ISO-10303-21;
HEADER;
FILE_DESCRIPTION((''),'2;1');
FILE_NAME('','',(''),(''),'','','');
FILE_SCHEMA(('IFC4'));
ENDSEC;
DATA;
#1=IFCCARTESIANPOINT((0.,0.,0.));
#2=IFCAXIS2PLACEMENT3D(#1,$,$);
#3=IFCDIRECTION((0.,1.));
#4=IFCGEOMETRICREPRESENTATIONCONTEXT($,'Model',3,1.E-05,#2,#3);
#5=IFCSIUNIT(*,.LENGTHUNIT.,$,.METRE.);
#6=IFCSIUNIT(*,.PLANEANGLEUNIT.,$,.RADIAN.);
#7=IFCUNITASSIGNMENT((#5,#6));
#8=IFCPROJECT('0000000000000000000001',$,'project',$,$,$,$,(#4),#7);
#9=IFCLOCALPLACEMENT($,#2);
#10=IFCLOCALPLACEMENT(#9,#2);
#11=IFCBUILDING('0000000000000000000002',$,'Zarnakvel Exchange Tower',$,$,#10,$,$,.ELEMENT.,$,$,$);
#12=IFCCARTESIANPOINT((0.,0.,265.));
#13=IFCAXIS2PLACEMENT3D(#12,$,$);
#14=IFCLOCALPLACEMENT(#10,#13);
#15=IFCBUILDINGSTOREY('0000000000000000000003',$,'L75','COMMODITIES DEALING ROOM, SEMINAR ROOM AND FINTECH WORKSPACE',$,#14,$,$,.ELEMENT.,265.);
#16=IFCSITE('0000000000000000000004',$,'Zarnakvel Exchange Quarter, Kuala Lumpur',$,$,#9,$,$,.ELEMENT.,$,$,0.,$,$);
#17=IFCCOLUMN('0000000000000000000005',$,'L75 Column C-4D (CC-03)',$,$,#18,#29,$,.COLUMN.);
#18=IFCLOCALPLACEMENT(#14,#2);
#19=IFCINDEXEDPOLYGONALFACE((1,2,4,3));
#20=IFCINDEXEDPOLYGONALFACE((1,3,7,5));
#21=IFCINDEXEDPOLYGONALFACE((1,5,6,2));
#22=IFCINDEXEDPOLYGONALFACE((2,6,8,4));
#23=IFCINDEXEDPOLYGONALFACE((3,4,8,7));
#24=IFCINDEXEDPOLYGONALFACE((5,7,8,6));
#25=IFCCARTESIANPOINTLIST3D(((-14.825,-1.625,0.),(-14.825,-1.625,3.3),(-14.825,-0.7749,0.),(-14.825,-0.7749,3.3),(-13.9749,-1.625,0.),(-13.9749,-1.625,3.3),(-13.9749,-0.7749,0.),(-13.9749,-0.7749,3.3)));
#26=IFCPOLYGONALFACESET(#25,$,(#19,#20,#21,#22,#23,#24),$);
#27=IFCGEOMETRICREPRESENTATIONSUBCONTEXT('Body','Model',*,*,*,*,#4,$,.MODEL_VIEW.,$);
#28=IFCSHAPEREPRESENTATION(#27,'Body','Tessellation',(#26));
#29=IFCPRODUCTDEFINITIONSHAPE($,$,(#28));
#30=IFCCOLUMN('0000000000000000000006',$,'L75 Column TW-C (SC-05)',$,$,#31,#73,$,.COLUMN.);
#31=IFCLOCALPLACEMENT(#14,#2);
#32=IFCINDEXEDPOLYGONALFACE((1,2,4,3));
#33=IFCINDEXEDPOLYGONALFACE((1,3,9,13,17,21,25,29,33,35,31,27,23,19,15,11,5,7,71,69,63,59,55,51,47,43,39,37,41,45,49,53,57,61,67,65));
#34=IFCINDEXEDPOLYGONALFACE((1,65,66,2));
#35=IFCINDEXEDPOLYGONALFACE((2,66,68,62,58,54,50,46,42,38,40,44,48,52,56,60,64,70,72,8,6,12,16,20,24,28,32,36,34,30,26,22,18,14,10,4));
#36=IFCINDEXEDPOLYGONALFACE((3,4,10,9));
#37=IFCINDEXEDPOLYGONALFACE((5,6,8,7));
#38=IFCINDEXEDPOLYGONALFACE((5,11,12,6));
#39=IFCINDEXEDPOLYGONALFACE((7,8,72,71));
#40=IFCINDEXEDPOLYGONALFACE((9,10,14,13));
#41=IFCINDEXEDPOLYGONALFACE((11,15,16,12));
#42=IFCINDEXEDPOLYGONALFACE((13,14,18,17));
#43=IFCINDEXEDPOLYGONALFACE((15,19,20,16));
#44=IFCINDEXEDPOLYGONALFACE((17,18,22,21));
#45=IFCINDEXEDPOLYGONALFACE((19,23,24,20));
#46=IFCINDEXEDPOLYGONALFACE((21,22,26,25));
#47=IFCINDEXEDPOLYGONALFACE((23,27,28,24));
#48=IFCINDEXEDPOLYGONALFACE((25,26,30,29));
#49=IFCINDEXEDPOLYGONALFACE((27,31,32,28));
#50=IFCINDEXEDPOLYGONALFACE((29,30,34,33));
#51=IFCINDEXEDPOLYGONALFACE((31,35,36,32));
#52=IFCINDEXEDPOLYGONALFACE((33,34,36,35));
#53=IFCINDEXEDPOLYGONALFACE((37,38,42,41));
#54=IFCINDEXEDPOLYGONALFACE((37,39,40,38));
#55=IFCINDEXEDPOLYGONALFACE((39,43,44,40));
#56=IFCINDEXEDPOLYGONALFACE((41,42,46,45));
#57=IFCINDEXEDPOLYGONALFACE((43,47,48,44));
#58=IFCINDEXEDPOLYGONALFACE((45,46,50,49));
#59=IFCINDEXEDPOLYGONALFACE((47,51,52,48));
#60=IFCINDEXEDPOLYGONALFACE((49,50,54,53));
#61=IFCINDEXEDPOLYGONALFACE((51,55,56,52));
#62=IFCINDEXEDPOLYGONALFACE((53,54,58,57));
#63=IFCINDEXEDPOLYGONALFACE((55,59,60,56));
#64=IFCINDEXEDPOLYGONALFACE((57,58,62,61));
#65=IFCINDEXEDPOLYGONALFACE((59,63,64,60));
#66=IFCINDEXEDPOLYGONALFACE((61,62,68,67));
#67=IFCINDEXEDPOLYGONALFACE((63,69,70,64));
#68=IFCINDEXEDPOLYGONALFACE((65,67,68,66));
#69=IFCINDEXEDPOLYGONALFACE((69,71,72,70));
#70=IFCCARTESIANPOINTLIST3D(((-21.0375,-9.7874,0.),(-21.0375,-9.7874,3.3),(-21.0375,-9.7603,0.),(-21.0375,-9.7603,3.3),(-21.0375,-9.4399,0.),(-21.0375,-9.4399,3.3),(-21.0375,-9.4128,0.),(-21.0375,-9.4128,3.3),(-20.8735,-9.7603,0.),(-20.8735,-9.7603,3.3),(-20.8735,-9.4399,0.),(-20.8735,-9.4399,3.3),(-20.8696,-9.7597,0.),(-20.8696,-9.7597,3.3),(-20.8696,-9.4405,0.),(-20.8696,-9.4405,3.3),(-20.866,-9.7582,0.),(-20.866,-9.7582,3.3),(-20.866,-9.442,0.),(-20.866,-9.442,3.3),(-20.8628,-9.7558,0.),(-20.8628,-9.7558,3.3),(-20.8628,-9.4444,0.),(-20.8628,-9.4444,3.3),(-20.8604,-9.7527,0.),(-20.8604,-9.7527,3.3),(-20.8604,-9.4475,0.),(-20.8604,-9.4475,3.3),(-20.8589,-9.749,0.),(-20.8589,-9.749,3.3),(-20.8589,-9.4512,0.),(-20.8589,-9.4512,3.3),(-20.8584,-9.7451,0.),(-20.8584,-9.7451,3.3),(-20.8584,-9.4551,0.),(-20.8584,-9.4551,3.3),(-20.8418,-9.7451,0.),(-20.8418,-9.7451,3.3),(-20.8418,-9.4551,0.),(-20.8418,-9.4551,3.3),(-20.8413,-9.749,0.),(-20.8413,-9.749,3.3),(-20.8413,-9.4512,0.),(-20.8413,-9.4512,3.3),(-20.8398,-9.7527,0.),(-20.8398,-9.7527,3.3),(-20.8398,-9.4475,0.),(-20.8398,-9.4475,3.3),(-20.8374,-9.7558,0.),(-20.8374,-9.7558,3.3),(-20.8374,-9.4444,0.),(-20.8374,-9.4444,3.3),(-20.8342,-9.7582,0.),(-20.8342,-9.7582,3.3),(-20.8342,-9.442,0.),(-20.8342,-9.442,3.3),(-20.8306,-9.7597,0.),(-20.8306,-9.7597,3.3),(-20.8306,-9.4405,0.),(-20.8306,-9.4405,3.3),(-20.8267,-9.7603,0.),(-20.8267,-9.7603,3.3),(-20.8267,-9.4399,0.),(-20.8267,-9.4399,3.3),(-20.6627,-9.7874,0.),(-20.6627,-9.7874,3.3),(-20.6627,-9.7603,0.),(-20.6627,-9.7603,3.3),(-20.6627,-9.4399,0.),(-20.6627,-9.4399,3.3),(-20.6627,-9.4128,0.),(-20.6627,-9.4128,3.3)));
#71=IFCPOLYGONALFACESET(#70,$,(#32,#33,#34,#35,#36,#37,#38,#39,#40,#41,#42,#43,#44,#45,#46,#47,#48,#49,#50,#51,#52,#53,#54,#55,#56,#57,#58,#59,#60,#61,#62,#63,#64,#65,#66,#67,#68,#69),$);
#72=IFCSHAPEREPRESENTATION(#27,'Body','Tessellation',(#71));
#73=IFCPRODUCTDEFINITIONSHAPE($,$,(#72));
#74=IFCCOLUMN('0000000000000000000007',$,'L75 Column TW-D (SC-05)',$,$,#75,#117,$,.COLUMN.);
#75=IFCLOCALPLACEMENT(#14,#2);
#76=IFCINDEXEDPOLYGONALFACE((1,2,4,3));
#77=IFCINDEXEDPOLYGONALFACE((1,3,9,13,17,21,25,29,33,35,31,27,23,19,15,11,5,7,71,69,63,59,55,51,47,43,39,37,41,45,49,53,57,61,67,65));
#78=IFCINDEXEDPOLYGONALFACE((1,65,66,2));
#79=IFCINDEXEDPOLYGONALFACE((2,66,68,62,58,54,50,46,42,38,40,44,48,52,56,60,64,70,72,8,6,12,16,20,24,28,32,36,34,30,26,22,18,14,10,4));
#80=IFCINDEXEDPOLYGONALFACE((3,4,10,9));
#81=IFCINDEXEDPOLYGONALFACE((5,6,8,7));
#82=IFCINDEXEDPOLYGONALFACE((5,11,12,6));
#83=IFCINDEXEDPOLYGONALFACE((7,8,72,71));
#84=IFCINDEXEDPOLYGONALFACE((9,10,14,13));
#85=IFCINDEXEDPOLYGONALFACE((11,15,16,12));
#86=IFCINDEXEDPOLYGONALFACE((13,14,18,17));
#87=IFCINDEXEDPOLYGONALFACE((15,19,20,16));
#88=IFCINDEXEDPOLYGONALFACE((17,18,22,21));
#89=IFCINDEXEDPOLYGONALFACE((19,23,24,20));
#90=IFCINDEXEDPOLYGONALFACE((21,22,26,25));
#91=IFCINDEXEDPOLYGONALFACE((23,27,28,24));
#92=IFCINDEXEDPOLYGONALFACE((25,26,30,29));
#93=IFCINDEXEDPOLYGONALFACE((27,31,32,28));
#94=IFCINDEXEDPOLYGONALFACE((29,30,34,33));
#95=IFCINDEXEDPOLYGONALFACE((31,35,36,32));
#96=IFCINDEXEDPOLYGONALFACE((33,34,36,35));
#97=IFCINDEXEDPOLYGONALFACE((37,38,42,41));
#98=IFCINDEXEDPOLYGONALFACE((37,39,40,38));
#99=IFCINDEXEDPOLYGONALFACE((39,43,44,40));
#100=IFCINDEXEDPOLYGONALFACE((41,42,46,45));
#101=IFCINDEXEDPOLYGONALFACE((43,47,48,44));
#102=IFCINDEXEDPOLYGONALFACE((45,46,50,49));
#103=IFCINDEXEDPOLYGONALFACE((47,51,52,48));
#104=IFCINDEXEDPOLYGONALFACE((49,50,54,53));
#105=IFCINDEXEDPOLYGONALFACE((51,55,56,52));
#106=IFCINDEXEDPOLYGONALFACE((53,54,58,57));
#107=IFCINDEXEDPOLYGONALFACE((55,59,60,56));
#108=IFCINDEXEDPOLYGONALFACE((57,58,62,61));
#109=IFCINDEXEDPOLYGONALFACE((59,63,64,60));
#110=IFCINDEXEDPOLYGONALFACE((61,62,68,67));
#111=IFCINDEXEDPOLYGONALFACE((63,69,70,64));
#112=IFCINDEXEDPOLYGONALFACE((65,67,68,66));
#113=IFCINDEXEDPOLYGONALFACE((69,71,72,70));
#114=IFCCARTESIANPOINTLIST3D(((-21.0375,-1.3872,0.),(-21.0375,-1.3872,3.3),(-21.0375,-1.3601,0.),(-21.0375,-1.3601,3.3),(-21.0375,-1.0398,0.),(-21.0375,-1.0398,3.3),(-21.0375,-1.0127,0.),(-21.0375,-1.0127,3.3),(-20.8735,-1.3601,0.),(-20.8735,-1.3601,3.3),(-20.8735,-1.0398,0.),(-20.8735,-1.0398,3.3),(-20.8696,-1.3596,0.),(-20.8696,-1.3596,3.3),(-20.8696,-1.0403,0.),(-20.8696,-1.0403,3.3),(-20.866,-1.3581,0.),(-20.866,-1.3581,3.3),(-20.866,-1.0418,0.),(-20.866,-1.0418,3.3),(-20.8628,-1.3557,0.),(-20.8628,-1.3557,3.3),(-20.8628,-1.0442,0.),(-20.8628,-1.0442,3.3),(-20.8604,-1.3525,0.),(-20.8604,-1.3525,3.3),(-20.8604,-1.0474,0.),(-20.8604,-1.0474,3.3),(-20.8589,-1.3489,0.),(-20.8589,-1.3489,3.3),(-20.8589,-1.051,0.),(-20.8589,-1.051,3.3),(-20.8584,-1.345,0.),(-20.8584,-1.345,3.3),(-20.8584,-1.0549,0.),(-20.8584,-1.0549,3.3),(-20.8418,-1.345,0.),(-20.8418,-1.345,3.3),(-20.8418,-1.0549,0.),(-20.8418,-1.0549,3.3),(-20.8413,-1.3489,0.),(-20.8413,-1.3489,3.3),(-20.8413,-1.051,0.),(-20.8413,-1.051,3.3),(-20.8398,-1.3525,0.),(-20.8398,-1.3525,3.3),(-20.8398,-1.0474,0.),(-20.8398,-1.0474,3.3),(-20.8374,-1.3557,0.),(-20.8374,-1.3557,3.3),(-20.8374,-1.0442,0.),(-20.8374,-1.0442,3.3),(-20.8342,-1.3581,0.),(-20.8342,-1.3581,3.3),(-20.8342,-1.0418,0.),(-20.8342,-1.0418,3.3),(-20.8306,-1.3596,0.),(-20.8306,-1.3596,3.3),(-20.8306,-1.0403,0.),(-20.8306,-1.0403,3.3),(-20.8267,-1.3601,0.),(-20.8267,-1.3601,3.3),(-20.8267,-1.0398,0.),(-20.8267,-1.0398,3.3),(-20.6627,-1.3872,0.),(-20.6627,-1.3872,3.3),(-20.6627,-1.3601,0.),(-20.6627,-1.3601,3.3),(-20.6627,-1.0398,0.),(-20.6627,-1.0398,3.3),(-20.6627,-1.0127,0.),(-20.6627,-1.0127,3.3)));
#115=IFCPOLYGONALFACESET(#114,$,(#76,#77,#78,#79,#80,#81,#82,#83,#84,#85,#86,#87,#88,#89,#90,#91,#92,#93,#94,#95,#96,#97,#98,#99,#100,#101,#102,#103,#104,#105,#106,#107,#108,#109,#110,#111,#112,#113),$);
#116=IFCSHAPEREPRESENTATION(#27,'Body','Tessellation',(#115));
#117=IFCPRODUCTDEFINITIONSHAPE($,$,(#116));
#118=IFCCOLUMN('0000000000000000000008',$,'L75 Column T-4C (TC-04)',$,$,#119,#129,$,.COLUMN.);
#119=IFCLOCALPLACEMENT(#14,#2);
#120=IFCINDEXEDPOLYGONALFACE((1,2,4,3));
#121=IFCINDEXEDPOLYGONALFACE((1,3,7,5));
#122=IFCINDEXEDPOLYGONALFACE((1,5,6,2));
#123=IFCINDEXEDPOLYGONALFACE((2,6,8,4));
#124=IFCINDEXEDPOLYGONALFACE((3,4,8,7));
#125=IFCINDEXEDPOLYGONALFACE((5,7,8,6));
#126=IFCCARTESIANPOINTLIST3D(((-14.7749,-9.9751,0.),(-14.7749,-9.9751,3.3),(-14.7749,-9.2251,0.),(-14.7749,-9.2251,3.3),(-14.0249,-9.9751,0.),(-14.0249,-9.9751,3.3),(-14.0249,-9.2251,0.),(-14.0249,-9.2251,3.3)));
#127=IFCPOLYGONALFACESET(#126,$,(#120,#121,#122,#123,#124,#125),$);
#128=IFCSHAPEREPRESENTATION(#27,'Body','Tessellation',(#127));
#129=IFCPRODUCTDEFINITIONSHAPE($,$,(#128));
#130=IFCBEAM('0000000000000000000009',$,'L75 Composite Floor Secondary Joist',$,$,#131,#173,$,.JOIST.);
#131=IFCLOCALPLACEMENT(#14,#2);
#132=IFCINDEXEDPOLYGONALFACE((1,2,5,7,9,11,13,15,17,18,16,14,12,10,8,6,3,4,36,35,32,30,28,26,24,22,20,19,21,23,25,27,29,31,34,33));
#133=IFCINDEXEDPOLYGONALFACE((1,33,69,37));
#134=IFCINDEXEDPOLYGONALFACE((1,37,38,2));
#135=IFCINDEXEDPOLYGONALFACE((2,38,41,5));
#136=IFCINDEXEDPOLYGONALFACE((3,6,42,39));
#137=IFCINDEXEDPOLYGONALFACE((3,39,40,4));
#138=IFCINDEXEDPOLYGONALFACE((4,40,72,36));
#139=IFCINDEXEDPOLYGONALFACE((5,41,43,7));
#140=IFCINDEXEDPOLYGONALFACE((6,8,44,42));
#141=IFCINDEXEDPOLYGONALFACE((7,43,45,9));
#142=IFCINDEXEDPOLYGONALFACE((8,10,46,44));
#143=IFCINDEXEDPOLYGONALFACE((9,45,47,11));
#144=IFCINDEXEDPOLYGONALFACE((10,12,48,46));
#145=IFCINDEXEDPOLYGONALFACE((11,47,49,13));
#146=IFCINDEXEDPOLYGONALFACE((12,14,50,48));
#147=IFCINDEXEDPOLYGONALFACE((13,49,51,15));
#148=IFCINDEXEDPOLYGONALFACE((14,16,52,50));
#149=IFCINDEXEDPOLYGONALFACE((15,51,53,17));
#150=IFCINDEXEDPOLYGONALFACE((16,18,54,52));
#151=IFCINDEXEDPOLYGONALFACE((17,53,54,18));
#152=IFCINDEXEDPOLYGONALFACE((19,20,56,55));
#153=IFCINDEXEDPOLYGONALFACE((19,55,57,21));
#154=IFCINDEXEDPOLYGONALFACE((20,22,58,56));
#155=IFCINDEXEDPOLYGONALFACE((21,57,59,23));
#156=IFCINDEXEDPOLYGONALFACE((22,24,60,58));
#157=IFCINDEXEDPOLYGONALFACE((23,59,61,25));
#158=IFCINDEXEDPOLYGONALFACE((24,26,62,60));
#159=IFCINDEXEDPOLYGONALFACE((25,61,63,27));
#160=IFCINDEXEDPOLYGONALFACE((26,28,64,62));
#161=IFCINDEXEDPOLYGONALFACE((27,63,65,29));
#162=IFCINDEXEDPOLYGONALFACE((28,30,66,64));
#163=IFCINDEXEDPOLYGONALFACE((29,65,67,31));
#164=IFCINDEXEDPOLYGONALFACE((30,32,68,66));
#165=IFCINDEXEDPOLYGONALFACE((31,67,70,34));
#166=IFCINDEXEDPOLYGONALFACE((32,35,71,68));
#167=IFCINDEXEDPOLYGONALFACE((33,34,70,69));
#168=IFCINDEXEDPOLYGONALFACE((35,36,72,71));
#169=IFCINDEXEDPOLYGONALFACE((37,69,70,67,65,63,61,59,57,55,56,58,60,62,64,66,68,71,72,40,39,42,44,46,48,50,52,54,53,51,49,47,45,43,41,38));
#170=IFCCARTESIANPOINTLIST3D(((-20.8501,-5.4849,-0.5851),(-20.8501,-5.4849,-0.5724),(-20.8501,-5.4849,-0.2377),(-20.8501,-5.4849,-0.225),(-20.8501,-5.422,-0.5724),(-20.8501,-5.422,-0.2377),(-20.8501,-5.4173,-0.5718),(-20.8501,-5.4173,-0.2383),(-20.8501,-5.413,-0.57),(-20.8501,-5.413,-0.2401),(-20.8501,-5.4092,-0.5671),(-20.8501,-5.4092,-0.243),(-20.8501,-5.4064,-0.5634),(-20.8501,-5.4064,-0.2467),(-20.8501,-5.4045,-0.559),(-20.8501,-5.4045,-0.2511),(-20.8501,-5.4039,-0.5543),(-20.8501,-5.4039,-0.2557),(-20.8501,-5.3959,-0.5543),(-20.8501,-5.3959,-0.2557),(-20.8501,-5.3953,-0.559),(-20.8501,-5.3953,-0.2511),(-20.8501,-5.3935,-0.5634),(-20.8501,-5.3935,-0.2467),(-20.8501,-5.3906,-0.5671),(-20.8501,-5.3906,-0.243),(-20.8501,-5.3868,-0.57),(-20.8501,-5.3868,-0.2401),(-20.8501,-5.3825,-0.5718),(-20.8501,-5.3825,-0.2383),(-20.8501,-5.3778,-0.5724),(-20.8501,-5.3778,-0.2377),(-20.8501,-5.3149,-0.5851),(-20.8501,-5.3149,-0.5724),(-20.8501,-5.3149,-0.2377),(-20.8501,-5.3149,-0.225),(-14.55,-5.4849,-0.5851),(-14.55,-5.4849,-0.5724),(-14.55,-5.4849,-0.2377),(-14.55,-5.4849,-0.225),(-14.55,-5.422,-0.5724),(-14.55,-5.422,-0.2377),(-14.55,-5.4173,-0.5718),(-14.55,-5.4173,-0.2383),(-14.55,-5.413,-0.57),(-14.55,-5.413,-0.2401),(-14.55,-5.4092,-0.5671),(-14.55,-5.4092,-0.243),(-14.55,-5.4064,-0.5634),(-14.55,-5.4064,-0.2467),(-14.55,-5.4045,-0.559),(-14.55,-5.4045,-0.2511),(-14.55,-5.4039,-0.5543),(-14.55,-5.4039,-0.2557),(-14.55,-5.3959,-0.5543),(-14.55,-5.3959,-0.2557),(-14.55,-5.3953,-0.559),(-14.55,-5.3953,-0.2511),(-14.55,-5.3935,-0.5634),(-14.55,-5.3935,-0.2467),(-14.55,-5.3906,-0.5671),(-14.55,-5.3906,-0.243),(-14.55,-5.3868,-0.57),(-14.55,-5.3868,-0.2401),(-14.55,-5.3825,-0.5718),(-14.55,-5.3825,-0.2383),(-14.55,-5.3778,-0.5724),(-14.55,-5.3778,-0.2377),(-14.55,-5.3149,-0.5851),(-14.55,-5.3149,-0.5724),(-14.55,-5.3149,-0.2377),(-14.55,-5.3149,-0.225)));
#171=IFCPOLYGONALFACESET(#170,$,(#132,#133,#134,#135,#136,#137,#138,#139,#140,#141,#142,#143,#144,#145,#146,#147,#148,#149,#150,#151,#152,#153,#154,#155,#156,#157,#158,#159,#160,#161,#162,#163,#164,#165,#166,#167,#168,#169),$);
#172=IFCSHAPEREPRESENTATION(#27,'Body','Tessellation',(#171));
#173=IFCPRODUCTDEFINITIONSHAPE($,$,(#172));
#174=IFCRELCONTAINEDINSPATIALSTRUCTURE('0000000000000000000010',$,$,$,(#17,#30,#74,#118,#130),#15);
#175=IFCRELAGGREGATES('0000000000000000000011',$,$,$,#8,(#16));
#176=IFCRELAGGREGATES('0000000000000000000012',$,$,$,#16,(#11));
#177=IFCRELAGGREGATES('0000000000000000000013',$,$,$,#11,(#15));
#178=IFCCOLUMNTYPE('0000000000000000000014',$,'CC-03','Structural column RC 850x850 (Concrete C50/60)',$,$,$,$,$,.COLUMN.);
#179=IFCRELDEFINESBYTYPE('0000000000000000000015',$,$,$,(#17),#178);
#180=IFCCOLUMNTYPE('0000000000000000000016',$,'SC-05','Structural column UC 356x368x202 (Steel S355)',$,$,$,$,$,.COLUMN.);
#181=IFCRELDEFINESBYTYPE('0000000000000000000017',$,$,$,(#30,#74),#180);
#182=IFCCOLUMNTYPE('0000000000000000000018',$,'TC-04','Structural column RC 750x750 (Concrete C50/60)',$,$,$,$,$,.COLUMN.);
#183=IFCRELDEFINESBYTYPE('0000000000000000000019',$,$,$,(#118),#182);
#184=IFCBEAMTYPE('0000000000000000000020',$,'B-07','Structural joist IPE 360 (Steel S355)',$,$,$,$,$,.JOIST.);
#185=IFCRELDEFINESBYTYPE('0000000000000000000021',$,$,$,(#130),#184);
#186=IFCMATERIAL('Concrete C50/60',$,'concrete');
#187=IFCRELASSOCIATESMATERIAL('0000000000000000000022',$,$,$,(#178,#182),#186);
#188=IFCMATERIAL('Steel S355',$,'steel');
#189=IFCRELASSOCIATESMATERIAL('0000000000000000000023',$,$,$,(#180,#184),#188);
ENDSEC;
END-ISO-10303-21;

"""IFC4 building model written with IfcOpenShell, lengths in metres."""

from ifc_helpers import new_model, si_unit, direction, frame, origin, origin_2d, place, context, subcontext, project, spatial, rectangle, i_section, extrude, material, material_profile, profile_set, type_object, element, save


model = new_model("IFC4")

# Units and contexts
model_context = context("Model", 3, precision=1e-05, world=origin(), true_north=direction((0.0, 1.0)))
body_context = subcontext(model_context, "Body", "Model", "MODEL_VIEW")
ifc_project = project(units=[si_unit("LENGTHUNIT", "METRE"), si_unit("PLANEANGLEUNIT", "RADIAN")], contexts=[model_context])

# Site, building, storey
site_placement = place(None, origin())
site = spatial("IfcSite", under=ifc_project, at=site_placement, Name="Zarnakvel Exchange Quarter, Kuala Lumpur", CompositionType="ELEMENT", RefElevation=0.0)
building_placement = place(site_placement, origin())
building = spatial("IfcBuilding", under=site, at=building_placement, Name="Zarnakvel Exchange Tower", CompositionType="ELEMENT")
storey_placement = place(building_placement, frame((0.0, 0.0, 265.0)))
storey = spatial("IfcBuildingStorey", under=building, at=storey_placement, Name="L75", Description="COMMODITIES DEALING ROOM, SEMINAR ROOM AND FINTECH WORKSPACE", CompositionType="ELEMENT", Elevation=265.0)

# Columns
ifc_material_1 = material(Name="Concrete C50/60", Category="concrete")
ifc_material_profile_1 = material_profile(ifc_material_1, rectangle(XDim=0.8501, YDim=0.8501, at=origin_2d()))
ifc_profile_set_1 = profile_set([ifc_material_profile_1], Name="Concrete C50/60")
column_type_1 = type_object("IfcColumnType", Name="CC-03", Description="Structural column RC 850x850 (Concrete C50/60)", PredefinedType="COLUMN", material=ifc_profile_set_1)
column_1_placement = place(storey_placement, frame((-14.3999, -1.2, 0.0), z_axis=(0.0, 0.0, 1.0), x_axis=(1.0, 0.0, 0.0)))
element("IfcColumn", 1, at=column_1_placement, inside=storey, type_object=column_type_1, Name="L75 Column C-4D (CC-03)", PredefinedType="COLUMN", context=body_context, shape_type="SweptSolid", body=[
    extrude(rectangle(XDim=0.8501, YDim=0.8501, at=origin_2d()), origin(), (0.0, 0.0, 1.0), 3.3),
])
ifc_material_2 = material(Name="Steel S355", Category="steel")
ifc_material_profile_2 = material_profile(ifc_material_2, i_section(OverallWidth=0.3748, OverallDepth=0.3745, WebThickness=0.0166, FlangeThickness=0.0271, FilletRadius=0.0151, at=origin_2d()))
ifc_profile_set_2 = profile_set([ifc_material_profile_2], Name="Steel S355")
column_type_2 = type_object("IfcColumnType", Name="SC-05", Description="Structural column UC 356x368x202 (Steel S355)", PredefinedType="COLUMN", material=ifc_profile_set_2)
for number, where, z_axis, x_axis, name in (
    (2, (-20.8501, -9.6001, 0.0), (0.0, 0.0, 1.0), (1.0, 0.0, 0.0), "L75 Column TW-C (SC-05)"),
    (3, (-20.8501, -1.2, 0.0), (0.0, 0.0, 1.0), (1.0, 0.0, 0.0), "L75 Column TW-D (SC-05)"),
):
    element("IfcColumn", number, at=place(storey_placement, frame(where, z_axis=z_axis, x_axis=x_axis)), inside=storey, type_object=column_type_2, Name=name, PredefinedType="COLUMN", context=body_context, shape_type="SweptSolid", body=[
        extrude(i_section(OverallWidth=0.3748, OverallDepth=0.3745, WebThickness=0.0166, FlangeThickness=0.0271, FilletRadius=0.0151, at=origin_2d()), origin(), (0.0, 0.0, 1.0), 3.3),
    ])
ifc_material_profile_3 = material_profile(ifc_material_1, rectangle(XDim=0.75, YDim=0.75, at=origin_2d()))
ifc_profile_set_3 = profile_set([ifc_material_profile_3], Name="Concrete C50/60")
column_type_3 = type_object("IfcColumnType", Name="TC-04", Description="Structural column RC 750x750 (Concrete C50/60)", PredefinedType="COLUMN", material=ifc_profile_set_3)
column_2_placement = place(storey_placement, frame((-14.3999, -9.6001, 0.0), z_axis=(0.0, 0.0, 1.0), x_axis=(1.0, 0.0, 0.0)))
element("IfcColumn", 4, at=column_2_placement, inside=storey, type_object=column_type_3, Name="L75 Column T-4C (TC-04)", PredefinedType="COLUMN", context=body_context, shape_type="SweptSolid", body=[
    extrude(rectangle(XDim=0.75, YDim=0.75, at=origin_2d()), origin(), (0.0, 0.0, 1.0), 3.3),
])

# Beam
ifc_material_profile_4 = material_profile(ifc_material_2, i_section(OverallWidth=0.1699, OverallDepth=0.3601, WebThickness=0.0081, FlangeThickness=0.0127, FilletRadius=0.0181, at=origin_2d()))
ifc_profile_set_4 = profile_set([ifc_material_profile_4], Name="Steel S355")
beam_type_1 = type_object("IfcBeamType", Name="B-07", Description="Structural joist IPE 360 (Steel S355)", PredefinedType="JOIST", material=ifc_profile_set_4)
beam_1_placement = place(storey_placement, frame((-20.8501, -5.3999, -0.405), z_axis=(1.0, 0.0, 0.0), x_axis=(0.0, 1.0, 0.0)))
element("IfcBeam", 5, at=beam_1_placement, inside=storey, type_object=beam_type_1, Name="L75 Composite Floor Secondary Joist", PredefinedType="JOIST", context=body_context, shape_type="SweptSolid", body=[
    extrude(i_section(OverallWidth=0.1699, OverallDepth=0.3601, WebThickness=0.0081, FlangeThickness=0.0127, FilletRadius=0.0181, at=origin_2d()), origin(), (0.0, 0.0, 1.0), 6.3),
])

save(model, "model.ifc")
